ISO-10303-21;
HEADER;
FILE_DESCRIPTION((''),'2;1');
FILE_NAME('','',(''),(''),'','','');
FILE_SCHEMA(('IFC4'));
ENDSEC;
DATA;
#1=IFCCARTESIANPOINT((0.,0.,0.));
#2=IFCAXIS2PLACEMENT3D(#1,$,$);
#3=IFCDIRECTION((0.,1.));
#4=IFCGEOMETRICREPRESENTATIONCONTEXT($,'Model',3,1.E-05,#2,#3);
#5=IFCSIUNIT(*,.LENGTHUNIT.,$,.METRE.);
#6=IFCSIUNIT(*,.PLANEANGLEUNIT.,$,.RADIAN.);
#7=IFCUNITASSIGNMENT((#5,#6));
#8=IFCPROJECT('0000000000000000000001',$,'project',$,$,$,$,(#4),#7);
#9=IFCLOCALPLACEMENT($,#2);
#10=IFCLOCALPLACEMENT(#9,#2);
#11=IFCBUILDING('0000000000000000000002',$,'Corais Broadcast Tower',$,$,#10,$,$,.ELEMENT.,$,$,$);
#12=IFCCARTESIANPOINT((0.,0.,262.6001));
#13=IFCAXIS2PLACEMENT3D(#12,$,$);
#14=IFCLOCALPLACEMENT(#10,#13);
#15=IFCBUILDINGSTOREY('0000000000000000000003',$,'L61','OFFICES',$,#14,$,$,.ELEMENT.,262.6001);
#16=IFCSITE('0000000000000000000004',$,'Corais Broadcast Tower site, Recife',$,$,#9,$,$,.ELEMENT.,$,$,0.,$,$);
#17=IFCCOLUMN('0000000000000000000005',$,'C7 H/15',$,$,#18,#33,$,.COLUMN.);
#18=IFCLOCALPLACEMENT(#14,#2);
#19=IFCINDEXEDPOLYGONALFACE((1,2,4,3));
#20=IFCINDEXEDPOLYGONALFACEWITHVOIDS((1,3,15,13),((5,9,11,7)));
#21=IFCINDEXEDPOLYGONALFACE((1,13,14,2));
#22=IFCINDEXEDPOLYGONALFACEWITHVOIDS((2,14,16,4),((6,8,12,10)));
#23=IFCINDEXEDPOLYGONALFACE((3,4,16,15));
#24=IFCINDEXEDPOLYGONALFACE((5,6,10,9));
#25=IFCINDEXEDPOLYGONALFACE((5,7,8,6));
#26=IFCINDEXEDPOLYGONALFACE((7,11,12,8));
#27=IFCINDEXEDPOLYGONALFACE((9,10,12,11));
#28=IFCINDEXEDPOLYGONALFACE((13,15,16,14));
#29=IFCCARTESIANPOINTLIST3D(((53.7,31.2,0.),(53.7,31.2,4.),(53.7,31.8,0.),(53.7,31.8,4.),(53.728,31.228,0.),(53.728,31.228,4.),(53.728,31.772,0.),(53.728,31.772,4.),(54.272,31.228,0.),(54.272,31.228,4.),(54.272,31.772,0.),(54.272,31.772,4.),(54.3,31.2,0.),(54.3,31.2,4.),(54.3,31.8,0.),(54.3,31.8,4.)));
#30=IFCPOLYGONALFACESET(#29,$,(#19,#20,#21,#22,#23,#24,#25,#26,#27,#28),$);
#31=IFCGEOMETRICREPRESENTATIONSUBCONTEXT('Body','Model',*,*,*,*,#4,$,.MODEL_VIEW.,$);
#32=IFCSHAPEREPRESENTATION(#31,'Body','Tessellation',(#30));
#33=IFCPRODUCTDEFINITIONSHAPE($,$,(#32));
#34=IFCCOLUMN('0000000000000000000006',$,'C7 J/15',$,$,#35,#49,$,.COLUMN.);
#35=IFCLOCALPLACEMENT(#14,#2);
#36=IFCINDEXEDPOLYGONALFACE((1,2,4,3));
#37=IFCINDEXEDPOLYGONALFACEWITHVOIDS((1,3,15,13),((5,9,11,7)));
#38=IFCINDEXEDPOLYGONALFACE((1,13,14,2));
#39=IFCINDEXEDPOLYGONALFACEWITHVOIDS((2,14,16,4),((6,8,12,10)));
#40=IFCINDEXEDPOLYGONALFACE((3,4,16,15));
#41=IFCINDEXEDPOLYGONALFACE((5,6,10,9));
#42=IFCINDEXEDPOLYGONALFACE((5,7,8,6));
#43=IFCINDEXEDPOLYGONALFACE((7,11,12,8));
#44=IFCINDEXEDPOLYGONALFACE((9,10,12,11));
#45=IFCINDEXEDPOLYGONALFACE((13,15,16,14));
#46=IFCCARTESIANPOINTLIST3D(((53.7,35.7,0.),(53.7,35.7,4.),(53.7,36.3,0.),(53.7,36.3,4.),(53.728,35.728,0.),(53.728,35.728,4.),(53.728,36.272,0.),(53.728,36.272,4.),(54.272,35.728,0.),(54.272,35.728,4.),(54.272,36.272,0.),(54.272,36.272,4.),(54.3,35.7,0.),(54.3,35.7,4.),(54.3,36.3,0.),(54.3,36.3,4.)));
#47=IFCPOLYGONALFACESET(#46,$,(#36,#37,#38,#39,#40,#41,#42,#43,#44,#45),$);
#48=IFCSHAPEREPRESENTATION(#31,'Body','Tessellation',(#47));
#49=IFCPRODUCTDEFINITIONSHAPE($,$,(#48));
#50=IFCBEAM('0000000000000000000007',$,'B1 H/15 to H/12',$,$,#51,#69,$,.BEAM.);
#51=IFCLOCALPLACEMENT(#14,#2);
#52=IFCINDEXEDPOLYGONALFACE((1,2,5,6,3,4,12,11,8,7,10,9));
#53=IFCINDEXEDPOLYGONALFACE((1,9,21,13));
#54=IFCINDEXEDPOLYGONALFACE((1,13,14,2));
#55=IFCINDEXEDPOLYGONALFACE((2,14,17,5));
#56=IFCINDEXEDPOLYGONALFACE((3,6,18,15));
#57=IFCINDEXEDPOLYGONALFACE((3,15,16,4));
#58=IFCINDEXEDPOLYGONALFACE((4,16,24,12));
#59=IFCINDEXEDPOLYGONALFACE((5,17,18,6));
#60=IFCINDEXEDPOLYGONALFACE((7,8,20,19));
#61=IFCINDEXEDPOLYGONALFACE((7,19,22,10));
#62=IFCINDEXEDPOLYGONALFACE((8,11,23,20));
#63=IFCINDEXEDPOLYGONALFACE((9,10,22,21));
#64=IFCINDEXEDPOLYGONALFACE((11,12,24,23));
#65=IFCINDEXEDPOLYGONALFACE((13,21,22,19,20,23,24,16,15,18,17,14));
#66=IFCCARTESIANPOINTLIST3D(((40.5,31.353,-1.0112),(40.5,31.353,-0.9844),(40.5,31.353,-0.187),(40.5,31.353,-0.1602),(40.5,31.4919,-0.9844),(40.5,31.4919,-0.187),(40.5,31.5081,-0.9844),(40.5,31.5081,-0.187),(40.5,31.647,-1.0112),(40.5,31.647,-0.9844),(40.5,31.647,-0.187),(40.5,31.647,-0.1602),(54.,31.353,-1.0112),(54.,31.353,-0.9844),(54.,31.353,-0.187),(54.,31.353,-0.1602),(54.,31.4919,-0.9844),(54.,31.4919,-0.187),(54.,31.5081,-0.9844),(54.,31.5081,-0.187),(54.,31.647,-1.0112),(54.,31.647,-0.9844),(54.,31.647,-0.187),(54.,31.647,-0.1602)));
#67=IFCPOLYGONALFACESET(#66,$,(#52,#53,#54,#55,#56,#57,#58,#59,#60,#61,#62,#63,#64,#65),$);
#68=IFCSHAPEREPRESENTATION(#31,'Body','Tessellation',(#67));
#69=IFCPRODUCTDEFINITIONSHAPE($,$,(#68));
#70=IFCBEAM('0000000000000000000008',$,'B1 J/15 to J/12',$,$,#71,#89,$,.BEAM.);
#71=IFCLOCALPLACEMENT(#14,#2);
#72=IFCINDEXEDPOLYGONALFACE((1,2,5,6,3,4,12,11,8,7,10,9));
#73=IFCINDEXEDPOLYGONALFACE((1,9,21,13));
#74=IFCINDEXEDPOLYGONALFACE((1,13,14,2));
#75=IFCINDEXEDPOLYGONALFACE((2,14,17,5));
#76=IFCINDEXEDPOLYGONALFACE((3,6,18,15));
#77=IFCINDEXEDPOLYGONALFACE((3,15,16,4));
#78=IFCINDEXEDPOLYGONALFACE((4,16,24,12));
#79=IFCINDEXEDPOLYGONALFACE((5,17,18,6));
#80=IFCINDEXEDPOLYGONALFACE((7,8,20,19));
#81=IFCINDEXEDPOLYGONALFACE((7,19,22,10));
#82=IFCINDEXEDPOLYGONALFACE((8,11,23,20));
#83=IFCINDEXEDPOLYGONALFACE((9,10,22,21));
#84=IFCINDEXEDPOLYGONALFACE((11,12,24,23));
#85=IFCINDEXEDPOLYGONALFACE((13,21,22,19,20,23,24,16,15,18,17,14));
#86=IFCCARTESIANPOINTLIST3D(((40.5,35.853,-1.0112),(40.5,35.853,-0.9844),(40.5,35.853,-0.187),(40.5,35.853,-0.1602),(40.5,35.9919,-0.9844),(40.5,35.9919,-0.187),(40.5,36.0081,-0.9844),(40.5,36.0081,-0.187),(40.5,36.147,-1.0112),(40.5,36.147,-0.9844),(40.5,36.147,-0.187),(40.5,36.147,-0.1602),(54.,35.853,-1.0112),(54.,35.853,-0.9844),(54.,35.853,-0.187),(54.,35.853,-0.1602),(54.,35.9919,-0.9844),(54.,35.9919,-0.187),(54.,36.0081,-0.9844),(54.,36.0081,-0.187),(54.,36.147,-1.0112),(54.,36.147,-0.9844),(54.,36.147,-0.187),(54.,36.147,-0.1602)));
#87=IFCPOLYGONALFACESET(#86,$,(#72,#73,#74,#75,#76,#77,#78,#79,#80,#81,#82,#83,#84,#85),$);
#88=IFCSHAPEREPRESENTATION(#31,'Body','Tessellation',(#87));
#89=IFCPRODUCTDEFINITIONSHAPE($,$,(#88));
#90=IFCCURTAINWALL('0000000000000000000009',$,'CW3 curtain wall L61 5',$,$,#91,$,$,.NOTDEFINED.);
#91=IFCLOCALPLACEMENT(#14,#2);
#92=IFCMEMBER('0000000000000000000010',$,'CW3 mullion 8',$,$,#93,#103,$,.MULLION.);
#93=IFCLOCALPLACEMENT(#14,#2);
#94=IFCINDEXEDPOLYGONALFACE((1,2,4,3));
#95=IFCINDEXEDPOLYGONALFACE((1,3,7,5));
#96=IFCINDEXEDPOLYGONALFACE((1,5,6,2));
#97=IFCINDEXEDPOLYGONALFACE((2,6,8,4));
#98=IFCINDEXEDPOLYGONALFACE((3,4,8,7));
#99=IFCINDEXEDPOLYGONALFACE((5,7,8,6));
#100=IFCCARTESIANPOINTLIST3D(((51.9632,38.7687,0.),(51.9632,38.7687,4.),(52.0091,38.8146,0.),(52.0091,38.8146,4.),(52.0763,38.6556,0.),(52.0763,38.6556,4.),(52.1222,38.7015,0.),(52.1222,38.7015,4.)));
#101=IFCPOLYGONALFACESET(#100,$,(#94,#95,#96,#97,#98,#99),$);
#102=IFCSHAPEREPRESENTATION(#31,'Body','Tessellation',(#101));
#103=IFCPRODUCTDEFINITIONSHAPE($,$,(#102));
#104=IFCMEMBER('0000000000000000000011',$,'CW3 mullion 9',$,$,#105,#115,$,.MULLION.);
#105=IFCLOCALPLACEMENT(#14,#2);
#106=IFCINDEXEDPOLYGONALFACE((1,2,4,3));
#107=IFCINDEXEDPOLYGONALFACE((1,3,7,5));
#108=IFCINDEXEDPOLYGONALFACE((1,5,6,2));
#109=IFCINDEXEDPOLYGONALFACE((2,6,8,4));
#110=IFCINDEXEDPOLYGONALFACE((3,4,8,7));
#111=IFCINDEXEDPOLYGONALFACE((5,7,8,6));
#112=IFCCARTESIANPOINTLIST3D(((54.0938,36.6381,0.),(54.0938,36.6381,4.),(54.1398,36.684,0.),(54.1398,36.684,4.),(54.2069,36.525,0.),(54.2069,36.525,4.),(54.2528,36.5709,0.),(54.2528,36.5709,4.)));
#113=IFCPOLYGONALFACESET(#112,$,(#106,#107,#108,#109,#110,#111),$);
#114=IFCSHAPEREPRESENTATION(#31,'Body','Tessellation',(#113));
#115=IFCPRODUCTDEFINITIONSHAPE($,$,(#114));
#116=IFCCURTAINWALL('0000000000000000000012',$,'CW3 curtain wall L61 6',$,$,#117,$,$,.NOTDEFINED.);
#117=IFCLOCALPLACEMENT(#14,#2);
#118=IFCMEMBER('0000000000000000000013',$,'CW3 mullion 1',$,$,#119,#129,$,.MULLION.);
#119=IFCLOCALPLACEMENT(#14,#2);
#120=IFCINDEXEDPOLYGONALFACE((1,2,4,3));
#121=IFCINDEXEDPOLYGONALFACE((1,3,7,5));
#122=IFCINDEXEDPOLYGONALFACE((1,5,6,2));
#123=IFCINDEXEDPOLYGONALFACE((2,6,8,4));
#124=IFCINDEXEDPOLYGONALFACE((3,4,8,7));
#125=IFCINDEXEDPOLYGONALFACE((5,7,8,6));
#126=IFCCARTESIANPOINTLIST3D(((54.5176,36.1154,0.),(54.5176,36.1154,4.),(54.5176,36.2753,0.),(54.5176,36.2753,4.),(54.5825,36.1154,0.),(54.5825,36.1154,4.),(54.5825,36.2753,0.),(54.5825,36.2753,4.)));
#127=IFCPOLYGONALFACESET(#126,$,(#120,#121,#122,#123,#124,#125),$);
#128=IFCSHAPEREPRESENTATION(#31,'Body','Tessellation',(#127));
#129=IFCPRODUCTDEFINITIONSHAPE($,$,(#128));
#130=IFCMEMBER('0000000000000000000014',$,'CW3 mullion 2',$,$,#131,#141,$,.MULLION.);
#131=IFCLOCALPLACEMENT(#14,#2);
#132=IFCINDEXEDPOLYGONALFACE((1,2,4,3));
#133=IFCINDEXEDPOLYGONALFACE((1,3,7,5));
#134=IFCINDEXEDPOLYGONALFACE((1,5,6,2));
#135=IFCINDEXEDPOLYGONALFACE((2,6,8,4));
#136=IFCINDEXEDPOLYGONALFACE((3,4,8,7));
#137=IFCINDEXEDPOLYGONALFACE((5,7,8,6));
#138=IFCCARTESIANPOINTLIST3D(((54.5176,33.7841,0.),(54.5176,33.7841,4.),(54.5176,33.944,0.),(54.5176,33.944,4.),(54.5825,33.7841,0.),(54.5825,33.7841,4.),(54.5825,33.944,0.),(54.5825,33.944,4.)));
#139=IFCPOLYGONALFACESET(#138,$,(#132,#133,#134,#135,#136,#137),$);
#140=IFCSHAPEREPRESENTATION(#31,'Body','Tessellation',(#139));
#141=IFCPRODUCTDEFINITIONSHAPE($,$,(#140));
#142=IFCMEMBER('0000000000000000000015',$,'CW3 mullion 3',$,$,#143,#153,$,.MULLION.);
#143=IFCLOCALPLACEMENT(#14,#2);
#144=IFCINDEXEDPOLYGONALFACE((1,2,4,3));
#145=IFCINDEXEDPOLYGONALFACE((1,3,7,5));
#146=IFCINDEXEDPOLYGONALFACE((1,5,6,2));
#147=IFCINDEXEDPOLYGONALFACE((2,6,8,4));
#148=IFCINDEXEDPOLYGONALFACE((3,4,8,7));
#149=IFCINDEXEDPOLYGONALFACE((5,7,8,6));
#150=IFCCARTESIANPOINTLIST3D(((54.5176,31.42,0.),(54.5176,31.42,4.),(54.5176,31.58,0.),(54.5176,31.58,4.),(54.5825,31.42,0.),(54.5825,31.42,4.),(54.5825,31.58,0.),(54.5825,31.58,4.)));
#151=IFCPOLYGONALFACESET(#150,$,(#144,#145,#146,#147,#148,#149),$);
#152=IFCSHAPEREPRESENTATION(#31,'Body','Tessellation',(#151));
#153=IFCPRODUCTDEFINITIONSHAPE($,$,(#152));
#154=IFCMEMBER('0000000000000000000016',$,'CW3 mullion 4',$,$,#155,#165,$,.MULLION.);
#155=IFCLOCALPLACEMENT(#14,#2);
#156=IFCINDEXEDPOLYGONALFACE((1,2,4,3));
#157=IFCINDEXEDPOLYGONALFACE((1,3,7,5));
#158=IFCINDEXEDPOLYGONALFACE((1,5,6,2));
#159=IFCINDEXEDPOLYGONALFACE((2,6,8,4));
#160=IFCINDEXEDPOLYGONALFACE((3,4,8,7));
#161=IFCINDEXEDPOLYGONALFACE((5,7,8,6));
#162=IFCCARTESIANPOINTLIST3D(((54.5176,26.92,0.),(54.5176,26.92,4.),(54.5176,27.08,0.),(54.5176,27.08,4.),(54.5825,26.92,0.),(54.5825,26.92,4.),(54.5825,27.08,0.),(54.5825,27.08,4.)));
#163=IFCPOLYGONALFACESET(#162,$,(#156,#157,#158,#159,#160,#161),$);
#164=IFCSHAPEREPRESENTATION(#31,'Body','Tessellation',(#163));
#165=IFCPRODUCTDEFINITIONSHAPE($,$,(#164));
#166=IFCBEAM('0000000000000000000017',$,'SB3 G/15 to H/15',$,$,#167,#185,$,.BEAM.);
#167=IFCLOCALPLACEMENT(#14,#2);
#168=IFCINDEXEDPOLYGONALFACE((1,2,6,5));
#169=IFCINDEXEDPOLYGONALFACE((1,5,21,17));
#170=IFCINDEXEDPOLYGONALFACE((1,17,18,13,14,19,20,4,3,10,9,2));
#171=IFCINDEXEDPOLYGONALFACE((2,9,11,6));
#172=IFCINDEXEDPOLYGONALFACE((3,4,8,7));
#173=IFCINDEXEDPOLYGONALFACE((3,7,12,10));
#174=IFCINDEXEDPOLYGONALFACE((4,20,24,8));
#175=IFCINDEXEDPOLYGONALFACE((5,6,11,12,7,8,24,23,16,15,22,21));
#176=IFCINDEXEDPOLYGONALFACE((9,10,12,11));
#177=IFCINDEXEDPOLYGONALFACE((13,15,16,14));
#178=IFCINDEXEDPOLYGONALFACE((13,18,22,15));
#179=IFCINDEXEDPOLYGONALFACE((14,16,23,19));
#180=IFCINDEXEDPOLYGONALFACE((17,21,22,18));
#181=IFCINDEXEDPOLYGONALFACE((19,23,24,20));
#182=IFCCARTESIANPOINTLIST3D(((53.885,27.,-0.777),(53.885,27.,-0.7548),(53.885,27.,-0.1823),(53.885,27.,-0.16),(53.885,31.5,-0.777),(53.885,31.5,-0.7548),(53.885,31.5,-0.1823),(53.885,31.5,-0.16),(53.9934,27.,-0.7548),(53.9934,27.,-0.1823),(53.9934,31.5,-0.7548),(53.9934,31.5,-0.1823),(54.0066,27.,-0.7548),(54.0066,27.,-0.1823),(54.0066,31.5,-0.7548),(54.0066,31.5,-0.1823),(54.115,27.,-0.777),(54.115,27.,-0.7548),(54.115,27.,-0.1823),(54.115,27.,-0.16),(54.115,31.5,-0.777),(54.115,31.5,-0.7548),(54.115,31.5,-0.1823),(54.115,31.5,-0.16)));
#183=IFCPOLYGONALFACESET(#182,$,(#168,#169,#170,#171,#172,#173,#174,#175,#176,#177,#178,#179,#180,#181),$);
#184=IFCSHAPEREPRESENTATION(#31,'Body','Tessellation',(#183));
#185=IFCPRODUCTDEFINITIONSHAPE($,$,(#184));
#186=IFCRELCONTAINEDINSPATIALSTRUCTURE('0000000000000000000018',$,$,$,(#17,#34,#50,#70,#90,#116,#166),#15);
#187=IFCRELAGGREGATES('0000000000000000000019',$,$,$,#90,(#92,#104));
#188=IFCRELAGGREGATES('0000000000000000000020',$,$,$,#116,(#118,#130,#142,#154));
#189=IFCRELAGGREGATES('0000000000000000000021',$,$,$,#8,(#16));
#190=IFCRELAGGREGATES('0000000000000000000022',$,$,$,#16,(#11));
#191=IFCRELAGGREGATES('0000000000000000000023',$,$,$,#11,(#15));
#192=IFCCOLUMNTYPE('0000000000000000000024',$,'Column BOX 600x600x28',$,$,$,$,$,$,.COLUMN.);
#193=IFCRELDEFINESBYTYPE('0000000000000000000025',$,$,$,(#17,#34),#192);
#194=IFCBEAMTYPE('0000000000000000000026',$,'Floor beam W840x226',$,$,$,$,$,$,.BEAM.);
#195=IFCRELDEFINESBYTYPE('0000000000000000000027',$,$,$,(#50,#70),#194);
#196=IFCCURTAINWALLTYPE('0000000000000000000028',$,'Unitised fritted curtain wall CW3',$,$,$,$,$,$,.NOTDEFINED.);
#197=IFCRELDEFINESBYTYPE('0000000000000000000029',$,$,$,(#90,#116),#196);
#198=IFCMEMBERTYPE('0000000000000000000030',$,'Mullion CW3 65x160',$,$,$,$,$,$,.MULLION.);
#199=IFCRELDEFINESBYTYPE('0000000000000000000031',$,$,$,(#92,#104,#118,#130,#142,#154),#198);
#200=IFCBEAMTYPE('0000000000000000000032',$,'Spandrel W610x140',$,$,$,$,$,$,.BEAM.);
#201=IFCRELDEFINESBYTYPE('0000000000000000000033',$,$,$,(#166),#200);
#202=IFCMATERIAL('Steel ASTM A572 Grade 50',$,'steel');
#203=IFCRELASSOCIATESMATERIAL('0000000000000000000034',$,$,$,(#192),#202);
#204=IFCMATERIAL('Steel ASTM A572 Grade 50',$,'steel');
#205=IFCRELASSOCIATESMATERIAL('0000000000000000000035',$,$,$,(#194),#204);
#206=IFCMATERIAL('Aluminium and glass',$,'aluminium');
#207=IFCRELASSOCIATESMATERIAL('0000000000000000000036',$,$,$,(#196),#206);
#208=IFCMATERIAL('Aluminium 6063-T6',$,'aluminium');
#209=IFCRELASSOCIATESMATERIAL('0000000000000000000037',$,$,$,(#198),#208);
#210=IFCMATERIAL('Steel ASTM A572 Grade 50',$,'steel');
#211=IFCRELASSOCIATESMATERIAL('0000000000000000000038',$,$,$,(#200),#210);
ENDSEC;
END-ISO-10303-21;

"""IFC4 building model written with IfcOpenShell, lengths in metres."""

from ifc_helpers import new_model, si_unit, direction, frame, origin, origin_2d, place, context, subcontext, project, spatial, rectangle, hollow_rectangle, i_section, extrude, material, material_profile, profile_set, type_object, element, aggregate, save


model = new_model("IFC4")

# Units and contexts
model_context = context("Model", 3, precision=1e-05, world=origin(), true_north=direction((0.0, 1.0)))
body_context = subcontext(model_context, "Body", "Model", "MODEL_VIEW")
ifc_project = project(units=[si_unit("LENGTHUNIT", "METRE"), si_unit("PLANEANGLEUNIT", "RADIAN")], contexts=[model_context])

# Site, building, storey
site_placement = place(None, origin())
site = spatial("IfcSite", under=ifc_project, at=site_placement, Name="Corais Broadcast Tower site, Recife", CompositionType="ELEMENT", RefElevation=0.0)
building_placement = place(site_placement, origin())
building = spatial("IfcBuilding", under=site, at=building_placement, Name="Corais Broadcast Tower", CompositionType="ELEMENT")
storey_placement = place(building_placement, frame((0.0, 0.0, 262.6001)))
storey = spatial("IfcBuildingStorey", under=building, at=storey_placement, Name="L61", Description="OFFICES", CompositionType="ELEMENT", Elevation=262.6001)

# Columns
ifc_material_1 = material(Name="Steel ASTM A572 Grade 50", Category="steel")
ifc_material_profile_1 = material_profile(ifc_material_1, hollow_rectangle(XDim=0.6001, YDim=0.6001, WallThickness=0.0281, at=origin_2d()), Name="BOX 600x600x28")
ifc_profile_set_1 = profile_set([ifc_material_profile_1], Name="Steel ASTM A572 Grade 50")
column_type = type_object("IfcColumnType", Name="Column BOX 600x600x28", PredefinedType="COLUMN", material=ifc_profile_set_1)
for number, where, z_axis, x_axis, name in (
    (1, (54.0, 31.5, 0.0), (0.0, 0.0, 1.0), (1.0, 0.0, 0.0), "C7 H/15"),
    (2, (54.0, 36.0, 0.0), (0.0, 0.0, 1.0), (1.0, 0.0, 0.0), "C7 J/15"),
):
    element("IfcColumn", number, at=place(storey_placement, frame(where, z_axis=z_axis, x_axis=x_axis)), inside=storey, type_object=column_type, Name=name, PredefinedType="COLUMN", context=body_context, shape_type="SweptSolid", body=[
        extrude(hollow_rectangle(XDim=0.6001, YDim=0.6001, WallThickness=0.0281, at=origin_2d()), origin(), (0.0, 0.0, 1.0), 4.0),
    ])

# Beams
ifc_material_2 = material(Name="Steel ASTM A572 Grade 50", Category="steel")
ifc_material_profile_2 = material_profile(ifc_material_2, i_section(OverallWidth=0.2939, OverallDepth=0.8511, WebThickness=0.0161, FlangeThickness=0.0269, at=origin_2d()), Name="W840x226")
ifc_profile_set_2 = profile_set([ifc_material_profile_2], Name="Steel ASTM A572 Grade 50")
beam_type_1 = type_object("IfcBeamType", Name="Floor beam W840x226", PredefinedType="BEAM", material=ifc_profile_set_2)
for number, where, z_axis, x_axis, name in (
    (3, (54.0, 31.5, -0.5857), (-1.0, 0.0, 0.0), (0.0, -1.0, 0.0), "B1 H/15 to H/12"),
    (4, (54.0, 36.0, -0.5857), (-1.0, 0.0, 0.0), (0.0, -1.0, 0.0), "B1 J/15 to J/12"),
):
    element("IfcBeam", number, at=place(storey_placement, frame(where, z_axis=z_axis, x_axis=x_axis)), inside=storey, type_object=beam_type_1, Name=name, PredefinedType="BEAM", context=body_context, shape_type="SweptSolid", body=[
        extrude(i_section(OverallWidth=0.2939, OverallDepth=0.8511, WebThickness=0.0161, FlangeThickness=0.0269, at=origin_2d()), origin(), (0.0, 0.0, 1.0), 13.5),
    ])

# Curtain walls, members
ifc_material_3 = material(Name="Aluminium and glass", Category="aluminium")
curtain_wall_type = type_object("IfcCurtainWallType", Name="Unitised fritted curtain wall CW3", PredefinedType="NOTDEFINED", material=ifc_material_3)
curtain_wall_1_placement = place(storey_placement, origin())
curtain_wall_1 = element("IfcCurtainWall", 5, at=curtain_wall_1_placement, inside=storey, type_object=curtain_wall_type, Name="CW3 curtain wall L61 5", PredefinedType="NOTDEFINED")
ifc_material_4 = material(Name="Aluminium 6063-T6", Category="aluminium")
ifc_material_profile_3 = material_profile(ifc_material_4, rectangle(XDim=0.0649, YDim=0.1599, at=origin_2d()), Name="Mullion CW3 65x160")
ifc_profile_set_3 = profile_set([ifc_material_profile_3], Name="Aluminium 6063-T6")
member_type_1 = type_object("IfcMemberType", Name="Mullion CW3 65x160", PredefinedType="MULLION", material=ifc_profile_set_3)
member_1_placement = place(storey_placement, frame((52.0427, 38.7351, 0.0), z_axis=(0.0, 0.0, 1.0), x_axis=(0.707107, 0.707107, 0.0)))
member_1 = element("IfcMember", 6, at=member_1_placement, type_object=member_type_1, Name="CW3 mullion 8", PredefinedType="MULLION", context=body_context, shape_type="SweptSolid", body=[
    extrude(rectangle(XDim=0.0649, YDim=0.1599, at=origin_2d()), origin(), (0.0, 0.0, 1.0), 4.0),
])
member_2_placement = place(storey_placement, frame((54.1733, 36.6045, 0.0), z_axis=(0.0, 0.0, 1.0), x_axis=(0.707107, 0.707107, 0.0)))
member_2 = element("IfcMember", 7, at=member_2_placement, type_object=member_type_1, Name="CW3 mullion 9", PredefinedType="MULLION", context=body_context, shape_type="SweptSolid", body=[
    extrude(rectangle(XDim=0.0649, YDim=0.1599, at=origin_2d()), origin(), (0.0, 0.0, 1.0), 4.0),
])
curtain_wall_2_placement = place(storey_placement, origin())
curtain_wall_2 = element("IfcCurtainWall", 8, at=curtain_wall_2_placement, inside=storey, type_object=curtain_wall_type, Name="CW3 curtain wall L61 6", PredefinedType="NOTDEFINED")
member_3_placement = place(storey_placement, frame((54.55, 36.1953, 0.0), z_axis=(0.0, 0.0, 1.0), x_axis=(1.0, 0.0, 0.0)))
member_3 = element("IfcMember", 9, at=member_3_placement, type_object=member_type_1, Name="CW3 mullion 1", PredefinedType="MULLION", context=body_context, shape_type="SweptSolid", body=[
    extrude(rectangle(XDim=0.0649, YDim=0.1599, at=origin_2d()), origin(), (0.0, 0.0, 1.0), 4.0),
])
member_4_placement = place(storey_placement, frame((54.55, 33.864, 0.0), z_axis=(0.0, 0.0, 1.0), x_axis=(1.0, 0.0, 0.0)))
member_4 = element("IfcMember", 10, at=member_4_placement, type_object=member_type_1, Name="CW3 mullion 2", PredefinedType="MULLION", context=body_context, shape_type="SweptSolid", body=[
    extrude(rectangle(XDim=0.0649, YDim=0.1599, at=origin_2d()), origin(), (0.0, 0.0, 1.0), 4.0),
])
member_5_placement = place(storey_placement, frame((54.55, 31.5, 0.0), z_axis=(0.0, 0.0, 1.0), x_axis=(1.0, 0.0, 0.0)))
member_5 = element("IfcMember", 11, at=member_5_placement, type_object=member_type_1, Name="CW3 mullion 3", PredefinedType="MULLION", context=body_context, shape_type="SweptSolid", body=[
    extrude(rectangle(XDim=0.0649, YDim=0.1599, at=origin_2d()), origin(), (0.0, 0.0, 1.0), 4.0),
])
member_6_placement = place(storey_placement, frame((54.55, 27.0, 0.0), z_axis=(0.0, 0.0, 1.0), x_axis=(1.0, 0.0, 0.0)))
member_6 = element("IfcMember", 12, at=member_6_placement, type_object=member_type_1, Name="CW3 mullion 4", PredefinedType="MULLION", context=body_context, shape_type="SweptSolid", body=[
    extrude(rectangle(XDim=0.0649, YDim=0.1599, at=origin_2d()), origin(), (0.0, 0.0, 1.0), 4.0),
])

# Beam
ifc_material_5 = material(Name="Steel ASTM A572 Grade 50", Category="steel")
ifc_material_profile_4 = material_profile(ifc_material_5, i_section(OverallWidth=0.23, OverallDepth=0.6169, WebThickness=0.0132, FlangeThickness=0.0222, at=origin_2d()), Name="W610x140")
ifc_profile_set_4 = profile_set([ifc_material_profile_4], Name="Steel ASTM A572 Grade 50")
beam_type_2 = type_object("IfcBeamType", Name="Spandrel W610x140", PredefinedType="BEAM", material=ifc_profile_set_4)
for number, where, z_axis, x_axis, name in (
    (13, (54.0, 27.0, -0.4685), (0.0, 1.0, 0.0), (-1.0, 0.0, 0.0), "SB3 G/15 to H/15"),
):
    element("IfcBeam", number, at=place(storey_placement, frame(where, z_axis=z_axis, x_axis=x_axis)), inside=storey, type_object=beam_type_2, Name=name, PredefinedType="BEAM", context=body_context, shape_type="SweptSolid", body=[
        extrude(i_section(OverallWidth=0.23, OverallDepth=0.6169, WebThickness=0.0132, FlangeThickness=0.0222, at=origin_2d()), origin(), (0.0, 0.0, 1.0), 4.5),
    ])

aggregate(curtain_wall_1, [member_1, member_2])
aggregate(curtain_wall_2, [member_3, member_4, member_5, member_6])

save(model, "model.ifc")
